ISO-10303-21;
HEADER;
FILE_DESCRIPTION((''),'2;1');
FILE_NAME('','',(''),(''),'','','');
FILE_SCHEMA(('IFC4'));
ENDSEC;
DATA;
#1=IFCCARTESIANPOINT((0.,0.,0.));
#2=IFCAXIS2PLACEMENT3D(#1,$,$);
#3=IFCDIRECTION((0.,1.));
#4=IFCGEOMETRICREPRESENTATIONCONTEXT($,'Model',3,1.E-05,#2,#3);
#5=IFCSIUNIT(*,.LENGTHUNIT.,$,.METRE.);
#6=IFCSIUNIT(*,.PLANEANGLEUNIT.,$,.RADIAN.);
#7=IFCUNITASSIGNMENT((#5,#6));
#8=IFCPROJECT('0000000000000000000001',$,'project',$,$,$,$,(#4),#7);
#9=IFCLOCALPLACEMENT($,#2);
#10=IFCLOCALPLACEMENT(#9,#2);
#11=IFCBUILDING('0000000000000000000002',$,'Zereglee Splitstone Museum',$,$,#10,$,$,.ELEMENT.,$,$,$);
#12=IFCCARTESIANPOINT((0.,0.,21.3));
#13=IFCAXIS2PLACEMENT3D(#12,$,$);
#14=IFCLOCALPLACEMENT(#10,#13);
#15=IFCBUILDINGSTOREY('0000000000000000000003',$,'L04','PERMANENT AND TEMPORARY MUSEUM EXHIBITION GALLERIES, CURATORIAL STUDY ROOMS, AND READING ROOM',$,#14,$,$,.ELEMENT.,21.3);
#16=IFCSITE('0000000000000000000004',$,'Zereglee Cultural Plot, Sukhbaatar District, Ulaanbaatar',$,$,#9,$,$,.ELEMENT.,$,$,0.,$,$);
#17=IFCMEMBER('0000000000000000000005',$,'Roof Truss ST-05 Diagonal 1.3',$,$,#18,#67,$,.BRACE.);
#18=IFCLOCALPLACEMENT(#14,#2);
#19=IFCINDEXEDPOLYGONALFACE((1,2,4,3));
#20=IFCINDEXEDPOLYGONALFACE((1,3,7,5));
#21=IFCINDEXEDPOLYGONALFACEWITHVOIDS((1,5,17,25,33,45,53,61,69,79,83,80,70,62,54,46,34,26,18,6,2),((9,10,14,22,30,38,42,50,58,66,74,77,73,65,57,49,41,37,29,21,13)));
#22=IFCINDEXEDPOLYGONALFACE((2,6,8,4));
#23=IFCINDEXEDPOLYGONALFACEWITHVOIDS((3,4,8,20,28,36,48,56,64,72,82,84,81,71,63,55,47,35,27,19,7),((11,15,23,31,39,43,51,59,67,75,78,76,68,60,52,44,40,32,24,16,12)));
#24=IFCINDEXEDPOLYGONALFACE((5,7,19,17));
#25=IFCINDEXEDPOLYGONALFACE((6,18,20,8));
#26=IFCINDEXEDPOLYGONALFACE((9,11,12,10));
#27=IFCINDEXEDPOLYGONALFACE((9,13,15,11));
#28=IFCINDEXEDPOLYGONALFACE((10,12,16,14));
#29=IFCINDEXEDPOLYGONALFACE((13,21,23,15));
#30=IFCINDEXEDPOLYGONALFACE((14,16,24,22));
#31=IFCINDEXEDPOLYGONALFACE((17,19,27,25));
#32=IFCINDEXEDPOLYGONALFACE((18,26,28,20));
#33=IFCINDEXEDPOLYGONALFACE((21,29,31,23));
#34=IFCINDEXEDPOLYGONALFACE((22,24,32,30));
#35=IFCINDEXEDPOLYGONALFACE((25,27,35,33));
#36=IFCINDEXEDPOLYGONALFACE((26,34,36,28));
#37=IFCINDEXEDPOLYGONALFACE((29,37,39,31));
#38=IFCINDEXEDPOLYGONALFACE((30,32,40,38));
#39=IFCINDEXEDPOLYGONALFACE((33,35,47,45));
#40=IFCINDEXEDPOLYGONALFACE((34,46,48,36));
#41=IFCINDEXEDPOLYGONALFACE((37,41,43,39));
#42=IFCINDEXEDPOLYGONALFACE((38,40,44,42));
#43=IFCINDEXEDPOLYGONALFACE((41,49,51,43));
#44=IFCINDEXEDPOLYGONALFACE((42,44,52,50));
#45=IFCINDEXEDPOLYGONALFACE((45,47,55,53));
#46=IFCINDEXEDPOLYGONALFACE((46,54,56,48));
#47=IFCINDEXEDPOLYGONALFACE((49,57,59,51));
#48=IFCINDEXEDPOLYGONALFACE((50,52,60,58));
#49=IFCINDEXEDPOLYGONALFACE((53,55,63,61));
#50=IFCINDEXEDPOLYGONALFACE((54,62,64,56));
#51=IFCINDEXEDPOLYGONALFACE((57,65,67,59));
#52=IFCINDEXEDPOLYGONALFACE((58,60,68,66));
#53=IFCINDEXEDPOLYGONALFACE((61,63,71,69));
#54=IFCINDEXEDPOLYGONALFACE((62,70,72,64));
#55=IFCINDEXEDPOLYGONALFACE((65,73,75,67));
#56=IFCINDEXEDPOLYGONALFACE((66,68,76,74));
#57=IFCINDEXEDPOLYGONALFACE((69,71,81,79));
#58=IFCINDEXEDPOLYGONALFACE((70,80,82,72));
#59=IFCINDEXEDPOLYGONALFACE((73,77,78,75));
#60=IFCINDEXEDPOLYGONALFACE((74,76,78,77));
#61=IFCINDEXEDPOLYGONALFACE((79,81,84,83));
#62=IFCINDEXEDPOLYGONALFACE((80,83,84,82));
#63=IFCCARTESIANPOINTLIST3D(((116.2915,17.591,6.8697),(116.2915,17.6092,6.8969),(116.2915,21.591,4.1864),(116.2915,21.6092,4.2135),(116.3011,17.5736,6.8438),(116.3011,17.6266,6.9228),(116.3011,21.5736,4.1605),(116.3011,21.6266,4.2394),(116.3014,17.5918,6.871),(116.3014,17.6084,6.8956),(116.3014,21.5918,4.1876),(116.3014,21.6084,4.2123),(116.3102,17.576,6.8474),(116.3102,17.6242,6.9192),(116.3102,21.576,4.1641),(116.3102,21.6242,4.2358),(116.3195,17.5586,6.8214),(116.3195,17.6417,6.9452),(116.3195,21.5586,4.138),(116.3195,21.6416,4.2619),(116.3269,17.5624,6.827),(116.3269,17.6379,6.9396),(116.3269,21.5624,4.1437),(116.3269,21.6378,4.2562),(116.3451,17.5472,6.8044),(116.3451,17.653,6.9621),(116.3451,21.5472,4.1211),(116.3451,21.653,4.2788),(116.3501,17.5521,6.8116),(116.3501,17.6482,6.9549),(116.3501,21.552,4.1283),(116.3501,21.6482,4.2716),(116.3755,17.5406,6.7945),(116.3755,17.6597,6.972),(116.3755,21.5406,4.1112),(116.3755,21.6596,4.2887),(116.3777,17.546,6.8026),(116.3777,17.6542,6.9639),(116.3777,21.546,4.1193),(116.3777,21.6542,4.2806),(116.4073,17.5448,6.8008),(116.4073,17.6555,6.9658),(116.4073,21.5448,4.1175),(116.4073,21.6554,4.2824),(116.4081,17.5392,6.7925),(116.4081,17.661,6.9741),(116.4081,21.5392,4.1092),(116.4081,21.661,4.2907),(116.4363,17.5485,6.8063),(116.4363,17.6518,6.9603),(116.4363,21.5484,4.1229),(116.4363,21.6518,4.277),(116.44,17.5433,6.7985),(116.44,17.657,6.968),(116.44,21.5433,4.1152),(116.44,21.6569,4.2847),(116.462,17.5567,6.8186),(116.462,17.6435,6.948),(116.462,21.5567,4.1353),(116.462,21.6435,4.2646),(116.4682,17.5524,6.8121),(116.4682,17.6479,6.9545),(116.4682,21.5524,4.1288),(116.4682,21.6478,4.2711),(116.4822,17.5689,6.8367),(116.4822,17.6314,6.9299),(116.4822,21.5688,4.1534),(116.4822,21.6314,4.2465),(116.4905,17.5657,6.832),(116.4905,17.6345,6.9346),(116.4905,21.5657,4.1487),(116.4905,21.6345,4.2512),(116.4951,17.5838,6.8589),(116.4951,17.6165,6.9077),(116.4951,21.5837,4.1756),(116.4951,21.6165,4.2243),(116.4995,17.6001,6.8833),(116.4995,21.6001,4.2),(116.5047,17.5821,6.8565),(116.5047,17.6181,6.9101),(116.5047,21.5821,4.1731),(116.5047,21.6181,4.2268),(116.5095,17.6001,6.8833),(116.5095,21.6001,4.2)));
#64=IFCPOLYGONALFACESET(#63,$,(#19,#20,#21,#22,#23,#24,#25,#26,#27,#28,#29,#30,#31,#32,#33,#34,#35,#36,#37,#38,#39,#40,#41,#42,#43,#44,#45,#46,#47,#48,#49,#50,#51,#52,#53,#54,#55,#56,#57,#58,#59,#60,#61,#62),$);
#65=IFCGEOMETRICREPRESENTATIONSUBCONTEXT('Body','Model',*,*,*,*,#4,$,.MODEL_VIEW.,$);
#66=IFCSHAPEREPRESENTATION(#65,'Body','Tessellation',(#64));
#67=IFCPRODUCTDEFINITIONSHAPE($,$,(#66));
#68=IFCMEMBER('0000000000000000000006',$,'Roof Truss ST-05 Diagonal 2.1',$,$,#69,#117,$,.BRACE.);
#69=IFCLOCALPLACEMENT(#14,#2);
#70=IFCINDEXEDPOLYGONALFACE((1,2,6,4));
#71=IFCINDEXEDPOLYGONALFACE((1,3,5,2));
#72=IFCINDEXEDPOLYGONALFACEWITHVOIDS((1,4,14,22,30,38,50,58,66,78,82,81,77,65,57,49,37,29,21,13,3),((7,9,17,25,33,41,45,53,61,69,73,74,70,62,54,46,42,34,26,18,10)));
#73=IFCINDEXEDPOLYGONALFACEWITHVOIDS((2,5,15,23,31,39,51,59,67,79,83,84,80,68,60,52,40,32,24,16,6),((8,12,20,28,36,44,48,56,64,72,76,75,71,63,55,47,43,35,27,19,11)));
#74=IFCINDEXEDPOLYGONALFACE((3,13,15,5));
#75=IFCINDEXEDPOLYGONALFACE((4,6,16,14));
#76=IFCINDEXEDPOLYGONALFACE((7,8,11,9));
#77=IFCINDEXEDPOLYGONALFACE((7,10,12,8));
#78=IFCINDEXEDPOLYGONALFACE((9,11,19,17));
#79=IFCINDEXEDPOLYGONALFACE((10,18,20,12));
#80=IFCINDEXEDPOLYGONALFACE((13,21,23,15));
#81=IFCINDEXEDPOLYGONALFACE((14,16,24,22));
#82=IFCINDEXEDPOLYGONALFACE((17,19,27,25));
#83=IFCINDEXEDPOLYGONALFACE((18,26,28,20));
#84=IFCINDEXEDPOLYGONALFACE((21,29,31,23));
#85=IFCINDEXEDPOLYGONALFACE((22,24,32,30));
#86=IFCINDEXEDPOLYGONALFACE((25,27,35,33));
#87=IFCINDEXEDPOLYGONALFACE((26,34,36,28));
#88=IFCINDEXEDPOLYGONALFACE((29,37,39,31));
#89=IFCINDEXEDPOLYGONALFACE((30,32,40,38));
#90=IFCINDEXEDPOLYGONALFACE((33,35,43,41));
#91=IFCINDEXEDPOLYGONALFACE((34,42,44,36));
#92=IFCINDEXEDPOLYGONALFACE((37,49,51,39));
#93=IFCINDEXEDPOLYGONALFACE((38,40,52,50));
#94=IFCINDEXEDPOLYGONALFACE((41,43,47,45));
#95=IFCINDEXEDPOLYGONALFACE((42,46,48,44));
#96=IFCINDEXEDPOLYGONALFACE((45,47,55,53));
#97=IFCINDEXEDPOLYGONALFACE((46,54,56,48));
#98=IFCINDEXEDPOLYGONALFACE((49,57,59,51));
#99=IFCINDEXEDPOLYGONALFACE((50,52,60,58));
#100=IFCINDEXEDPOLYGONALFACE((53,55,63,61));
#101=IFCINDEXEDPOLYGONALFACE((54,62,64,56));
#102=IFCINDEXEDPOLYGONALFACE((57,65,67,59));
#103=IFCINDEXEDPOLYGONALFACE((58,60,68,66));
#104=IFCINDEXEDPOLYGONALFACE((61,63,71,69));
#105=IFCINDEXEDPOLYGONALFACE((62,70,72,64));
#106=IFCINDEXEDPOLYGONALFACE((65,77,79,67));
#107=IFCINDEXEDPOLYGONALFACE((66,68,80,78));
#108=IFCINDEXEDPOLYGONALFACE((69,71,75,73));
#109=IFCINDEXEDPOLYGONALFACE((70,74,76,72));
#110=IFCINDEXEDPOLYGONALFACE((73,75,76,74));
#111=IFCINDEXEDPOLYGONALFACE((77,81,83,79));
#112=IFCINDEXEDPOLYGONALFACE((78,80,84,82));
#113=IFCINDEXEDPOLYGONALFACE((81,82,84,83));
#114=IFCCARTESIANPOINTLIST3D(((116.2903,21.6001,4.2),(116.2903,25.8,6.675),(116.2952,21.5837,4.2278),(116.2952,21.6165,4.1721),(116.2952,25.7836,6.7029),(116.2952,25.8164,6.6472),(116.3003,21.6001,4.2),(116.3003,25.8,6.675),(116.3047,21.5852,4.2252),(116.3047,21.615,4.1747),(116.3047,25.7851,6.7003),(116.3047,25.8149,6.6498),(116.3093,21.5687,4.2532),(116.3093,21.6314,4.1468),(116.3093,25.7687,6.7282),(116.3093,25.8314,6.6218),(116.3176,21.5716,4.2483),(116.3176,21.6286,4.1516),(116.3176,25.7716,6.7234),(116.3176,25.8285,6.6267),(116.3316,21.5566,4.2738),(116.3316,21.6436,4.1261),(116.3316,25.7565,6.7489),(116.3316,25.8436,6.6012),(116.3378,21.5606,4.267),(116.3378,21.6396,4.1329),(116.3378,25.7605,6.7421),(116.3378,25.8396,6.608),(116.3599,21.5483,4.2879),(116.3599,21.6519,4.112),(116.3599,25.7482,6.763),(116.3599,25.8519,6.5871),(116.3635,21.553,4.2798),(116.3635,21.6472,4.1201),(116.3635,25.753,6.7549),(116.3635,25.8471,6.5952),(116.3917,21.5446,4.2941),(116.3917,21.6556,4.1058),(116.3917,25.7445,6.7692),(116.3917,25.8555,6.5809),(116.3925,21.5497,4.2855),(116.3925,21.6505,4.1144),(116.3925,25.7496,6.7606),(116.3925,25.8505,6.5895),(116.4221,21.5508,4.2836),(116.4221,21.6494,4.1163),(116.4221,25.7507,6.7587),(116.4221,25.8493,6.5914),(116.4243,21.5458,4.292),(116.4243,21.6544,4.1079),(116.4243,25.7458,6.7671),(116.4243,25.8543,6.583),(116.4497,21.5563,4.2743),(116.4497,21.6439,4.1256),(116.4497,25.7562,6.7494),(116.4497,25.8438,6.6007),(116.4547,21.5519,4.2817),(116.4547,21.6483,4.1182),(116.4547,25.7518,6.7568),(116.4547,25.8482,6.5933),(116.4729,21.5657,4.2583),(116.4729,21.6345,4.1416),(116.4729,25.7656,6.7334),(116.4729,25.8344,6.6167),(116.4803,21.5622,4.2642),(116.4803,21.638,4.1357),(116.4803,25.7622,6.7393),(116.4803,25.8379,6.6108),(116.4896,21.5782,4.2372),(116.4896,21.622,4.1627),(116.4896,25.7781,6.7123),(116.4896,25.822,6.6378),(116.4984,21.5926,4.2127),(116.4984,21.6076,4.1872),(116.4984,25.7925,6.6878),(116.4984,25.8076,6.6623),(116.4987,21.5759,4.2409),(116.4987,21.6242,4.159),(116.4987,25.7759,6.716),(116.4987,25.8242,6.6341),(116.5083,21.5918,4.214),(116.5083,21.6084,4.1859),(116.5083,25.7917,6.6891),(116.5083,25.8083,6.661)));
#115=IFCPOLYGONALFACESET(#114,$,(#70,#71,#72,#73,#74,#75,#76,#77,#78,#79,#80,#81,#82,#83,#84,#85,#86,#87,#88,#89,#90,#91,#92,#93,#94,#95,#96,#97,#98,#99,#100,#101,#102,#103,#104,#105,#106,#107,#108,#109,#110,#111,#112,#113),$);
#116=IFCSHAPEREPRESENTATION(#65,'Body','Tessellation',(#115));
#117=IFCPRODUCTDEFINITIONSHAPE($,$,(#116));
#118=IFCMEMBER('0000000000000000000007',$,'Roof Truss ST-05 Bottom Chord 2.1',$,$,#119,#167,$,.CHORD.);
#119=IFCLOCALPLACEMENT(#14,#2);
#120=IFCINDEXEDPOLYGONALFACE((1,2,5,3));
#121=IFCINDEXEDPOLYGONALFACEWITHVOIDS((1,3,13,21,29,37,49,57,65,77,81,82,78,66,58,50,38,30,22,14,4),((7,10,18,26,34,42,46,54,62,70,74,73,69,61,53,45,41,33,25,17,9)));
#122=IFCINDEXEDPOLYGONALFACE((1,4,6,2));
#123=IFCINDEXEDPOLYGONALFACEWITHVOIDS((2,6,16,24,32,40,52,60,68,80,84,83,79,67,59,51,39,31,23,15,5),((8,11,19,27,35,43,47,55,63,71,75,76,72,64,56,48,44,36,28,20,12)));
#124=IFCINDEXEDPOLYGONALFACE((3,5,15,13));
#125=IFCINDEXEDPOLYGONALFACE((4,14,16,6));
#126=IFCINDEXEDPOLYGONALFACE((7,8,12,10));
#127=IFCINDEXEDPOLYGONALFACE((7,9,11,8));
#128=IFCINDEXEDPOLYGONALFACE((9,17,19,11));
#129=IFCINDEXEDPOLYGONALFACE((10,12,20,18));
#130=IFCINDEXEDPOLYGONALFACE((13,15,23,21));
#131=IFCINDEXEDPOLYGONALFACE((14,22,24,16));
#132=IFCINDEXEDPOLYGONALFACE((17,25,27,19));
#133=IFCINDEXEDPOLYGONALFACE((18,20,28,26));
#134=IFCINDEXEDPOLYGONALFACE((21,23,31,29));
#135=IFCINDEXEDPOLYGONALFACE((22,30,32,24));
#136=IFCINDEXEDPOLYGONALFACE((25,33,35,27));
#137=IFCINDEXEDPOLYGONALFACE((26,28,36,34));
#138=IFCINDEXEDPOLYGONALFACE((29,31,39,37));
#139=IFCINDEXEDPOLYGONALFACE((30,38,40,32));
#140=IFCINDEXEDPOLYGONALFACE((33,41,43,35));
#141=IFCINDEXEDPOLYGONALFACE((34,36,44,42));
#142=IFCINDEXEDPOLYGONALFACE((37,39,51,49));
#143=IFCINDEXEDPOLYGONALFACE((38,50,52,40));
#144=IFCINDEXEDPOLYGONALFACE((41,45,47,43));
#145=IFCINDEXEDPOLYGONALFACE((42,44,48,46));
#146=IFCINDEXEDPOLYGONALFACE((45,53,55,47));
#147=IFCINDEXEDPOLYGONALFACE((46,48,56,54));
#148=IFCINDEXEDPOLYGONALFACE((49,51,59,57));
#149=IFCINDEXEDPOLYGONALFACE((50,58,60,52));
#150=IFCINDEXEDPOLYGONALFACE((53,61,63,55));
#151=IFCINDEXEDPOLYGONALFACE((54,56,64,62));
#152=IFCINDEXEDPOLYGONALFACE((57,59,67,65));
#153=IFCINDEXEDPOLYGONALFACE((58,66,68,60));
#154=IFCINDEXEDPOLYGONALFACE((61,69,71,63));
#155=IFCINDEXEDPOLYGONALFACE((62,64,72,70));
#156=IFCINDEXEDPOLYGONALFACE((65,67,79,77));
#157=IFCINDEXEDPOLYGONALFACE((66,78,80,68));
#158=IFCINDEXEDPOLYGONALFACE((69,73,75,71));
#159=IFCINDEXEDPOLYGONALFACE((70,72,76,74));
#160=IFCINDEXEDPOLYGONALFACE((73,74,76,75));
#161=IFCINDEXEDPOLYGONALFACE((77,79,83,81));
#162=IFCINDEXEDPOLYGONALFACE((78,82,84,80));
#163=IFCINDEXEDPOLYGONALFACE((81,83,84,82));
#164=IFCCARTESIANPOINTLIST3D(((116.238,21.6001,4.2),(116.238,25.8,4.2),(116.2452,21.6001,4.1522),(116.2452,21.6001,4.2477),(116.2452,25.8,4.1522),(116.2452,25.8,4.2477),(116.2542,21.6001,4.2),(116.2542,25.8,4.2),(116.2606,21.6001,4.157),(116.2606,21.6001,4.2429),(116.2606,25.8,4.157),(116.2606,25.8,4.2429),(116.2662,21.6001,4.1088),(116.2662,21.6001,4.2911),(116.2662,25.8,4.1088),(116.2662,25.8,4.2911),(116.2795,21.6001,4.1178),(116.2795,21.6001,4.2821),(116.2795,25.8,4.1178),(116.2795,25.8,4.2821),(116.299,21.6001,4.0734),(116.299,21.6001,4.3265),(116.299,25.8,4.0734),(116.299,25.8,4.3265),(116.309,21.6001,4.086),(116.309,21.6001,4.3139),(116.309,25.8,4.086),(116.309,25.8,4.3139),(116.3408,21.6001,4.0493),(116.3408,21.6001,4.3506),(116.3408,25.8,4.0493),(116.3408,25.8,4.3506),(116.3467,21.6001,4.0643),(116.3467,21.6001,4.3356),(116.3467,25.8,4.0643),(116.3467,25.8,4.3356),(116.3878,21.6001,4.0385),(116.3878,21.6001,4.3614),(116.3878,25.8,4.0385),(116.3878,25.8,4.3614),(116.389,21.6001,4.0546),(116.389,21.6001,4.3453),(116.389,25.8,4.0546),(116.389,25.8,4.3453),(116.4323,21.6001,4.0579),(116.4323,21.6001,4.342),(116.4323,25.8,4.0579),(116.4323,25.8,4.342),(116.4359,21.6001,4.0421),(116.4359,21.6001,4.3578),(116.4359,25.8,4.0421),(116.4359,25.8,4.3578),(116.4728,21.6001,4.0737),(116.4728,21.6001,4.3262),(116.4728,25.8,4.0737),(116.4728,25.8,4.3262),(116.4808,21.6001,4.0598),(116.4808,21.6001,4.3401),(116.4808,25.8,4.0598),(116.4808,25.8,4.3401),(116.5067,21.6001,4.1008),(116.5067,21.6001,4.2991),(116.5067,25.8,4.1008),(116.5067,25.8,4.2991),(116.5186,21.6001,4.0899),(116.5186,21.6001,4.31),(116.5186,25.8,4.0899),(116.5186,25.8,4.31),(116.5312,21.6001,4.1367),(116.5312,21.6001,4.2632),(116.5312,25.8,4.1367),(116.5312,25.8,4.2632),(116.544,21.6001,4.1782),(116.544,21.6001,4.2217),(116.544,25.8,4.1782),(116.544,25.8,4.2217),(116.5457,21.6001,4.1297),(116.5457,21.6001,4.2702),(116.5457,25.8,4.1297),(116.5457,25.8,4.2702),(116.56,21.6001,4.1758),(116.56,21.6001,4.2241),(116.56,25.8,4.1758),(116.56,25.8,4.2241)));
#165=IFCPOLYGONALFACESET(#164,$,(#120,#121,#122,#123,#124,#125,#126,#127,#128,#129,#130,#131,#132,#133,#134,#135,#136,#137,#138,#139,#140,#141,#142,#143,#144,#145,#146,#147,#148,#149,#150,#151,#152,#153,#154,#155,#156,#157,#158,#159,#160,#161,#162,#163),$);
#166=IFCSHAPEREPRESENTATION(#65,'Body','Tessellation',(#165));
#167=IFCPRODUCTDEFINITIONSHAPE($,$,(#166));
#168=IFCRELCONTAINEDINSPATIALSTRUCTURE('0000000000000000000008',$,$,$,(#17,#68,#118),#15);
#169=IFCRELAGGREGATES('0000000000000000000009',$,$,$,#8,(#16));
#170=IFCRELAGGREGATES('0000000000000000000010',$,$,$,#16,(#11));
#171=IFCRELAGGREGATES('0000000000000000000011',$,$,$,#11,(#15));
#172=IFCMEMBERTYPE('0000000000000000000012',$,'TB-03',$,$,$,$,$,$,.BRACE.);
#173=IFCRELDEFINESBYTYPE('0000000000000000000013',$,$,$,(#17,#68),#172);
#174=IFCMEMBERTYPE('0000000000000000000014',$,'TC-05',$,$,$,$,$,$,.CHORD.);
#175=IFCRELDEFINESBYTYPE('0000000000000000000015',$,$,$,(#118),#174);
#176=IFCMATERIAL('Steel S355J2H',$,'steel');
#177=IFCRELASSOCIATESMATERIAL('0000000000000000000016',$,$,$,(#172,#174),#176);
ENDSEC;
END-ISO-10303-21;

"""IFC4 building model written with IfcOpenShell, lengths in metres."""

from ifc_helpers import new_model, si_unit, direction, frame, origin, origin_2d, place, context, subcontext, project, spatial, hollow_circle, extrude, material, material_profile, profile_set, type_object, element, save


model = new_model("IFC4")

# Units and contexts
model_context = context("Model", 3, precision=1e-05, world=origin(), true_north=direction((0.0, 1.0)))
body_context = subcontext(model_context, "Body", "Model", "MODEL_VIEW")
ifc_project = project(units=[si_unit("LENGTHUNIT", "METRE"), si_unit("PLANEANGLEUNIT", "RADIAN")], contexts=[model_context])

# Site, building, storey
site_placement = place(None, origin())
site = spatial("IfcSite", under=ifc_project, at=site_placement, Name="Zereglee Cultural Plot, Sukhbaatar District, Ulaanbaatar", CompositionType="ELEMENT", RefElevation=0.0)
building_placement = place(site_placement, origin())
building = spatial("IfcBuilding", under=site, at=building_placement, Name="Zereglee Splitstone Museum", CompositionType="ELEMENT")
storey_placement = place(building_placement, frame((0.0, 0.0, 21.3)))
storey = spatial("IfcBuildingStorey", under=building, at=storey_placement, Name="L04", Description="PERMANENT AND TEMPORARY MUSEUM EXHIBITION GALLERIES, CURATORIAL STUDY ROOMS, AND READING ROOM", CompositionType="ELEMENT", Elevation=21.3)

# Members
ifc_material_1 = material(Name="Steel S355J2H", Category="steel")
ifc_material_profile_1 = material_profile(ifc_material_1, hollow_circle(Radius=0.1096, WallThickness=0.01, at=origin_2d()), Name="CHS 219.1x10")
ifc_profile_set_1 = profile_set([ifc_material_profile_1], Name="Steel S355J2H")
member_type_1 = type_object("IfcMemberType", Name="TB-03", PredefinedType="BRACE", material=ifc_profile_set_1)
member_1_placement = place(storey_placement, frame((116.3999, 21.6001, 4.2), z_axis=(0.0, -0.830448, 0.557096), x_axis=(1.0, 0.0, 0.0)))
element("IfcMember", 1, at=member_1_placement, inside=storey, type_object=member_type_1, Name="Roof Truss ST-05 Diagonal 1.3", PredefinedType="BRACE", context=body_context, shape_type="SweptSolid", body=[
    extrude(hollow_circle(Radius=0.1096, WallThickness=0.01, at=origin_2d()), origin(), (0.0, 0.0, 1.0), 4.8167),
])
member_2_placement = place(storey_placement, frame((116.3999, 21.6001, 4.2), z_axis=(0.0, 0.861527, 0.507712), x_axis=(-1.0, 0.0, 0.0)))
element("IfcMember", 2, at=member_2_placement, inside=storey, type_object=member_type_1, Name="Roof Truss ST-05 Diagonal 2.1", PredefinedType="BRACE", context=body_context, shape_type="SweptSolid", body=[
    extrude(hollow_circle(Radius=0.1096, WallThickness=0.01, at=origin_2d()), origin(), (0.0, 0.0, 1.0), 4.875),
])
ifc_material_profile_2 = material_profile(ifc_material_1, hollow_circle(Radius=0.1619, WallThickness=0.0161, at=origin_2d()), Name="CHS 323.9x16")
ifc_profile_set_2 = profile_set([ifc_material_profile_2], Name="Steel S355J2H")
member_type_2 = type_object("IfcMemberType", Name="TC-05", PredefinedType="CHORD", material=ifc_profile_set_2)
member_3_placement = place(storey_placement, frame((116.3999, 21.6001, 4.2), z_axis=(0.0, 1.0, 0.0), x_axis=(-1.0, 0.0, 0.0)))
element("IfcMember", 3, at=member_3_placement, inside=storey, type_object=member_type_2, Name="Roof Truss ST-05 Bottom Chord 2.1", PredefinedType="CHORD", context=body_context, shape_type="SweptSolid", body=[
    extrude(hollow_circle(Radius=0.1619, WallThickness=0.0161, at=origin_2d()), origin(), (0.0, 0.0, 1.0), 4.2),
])

save(model, "model.ifc")
